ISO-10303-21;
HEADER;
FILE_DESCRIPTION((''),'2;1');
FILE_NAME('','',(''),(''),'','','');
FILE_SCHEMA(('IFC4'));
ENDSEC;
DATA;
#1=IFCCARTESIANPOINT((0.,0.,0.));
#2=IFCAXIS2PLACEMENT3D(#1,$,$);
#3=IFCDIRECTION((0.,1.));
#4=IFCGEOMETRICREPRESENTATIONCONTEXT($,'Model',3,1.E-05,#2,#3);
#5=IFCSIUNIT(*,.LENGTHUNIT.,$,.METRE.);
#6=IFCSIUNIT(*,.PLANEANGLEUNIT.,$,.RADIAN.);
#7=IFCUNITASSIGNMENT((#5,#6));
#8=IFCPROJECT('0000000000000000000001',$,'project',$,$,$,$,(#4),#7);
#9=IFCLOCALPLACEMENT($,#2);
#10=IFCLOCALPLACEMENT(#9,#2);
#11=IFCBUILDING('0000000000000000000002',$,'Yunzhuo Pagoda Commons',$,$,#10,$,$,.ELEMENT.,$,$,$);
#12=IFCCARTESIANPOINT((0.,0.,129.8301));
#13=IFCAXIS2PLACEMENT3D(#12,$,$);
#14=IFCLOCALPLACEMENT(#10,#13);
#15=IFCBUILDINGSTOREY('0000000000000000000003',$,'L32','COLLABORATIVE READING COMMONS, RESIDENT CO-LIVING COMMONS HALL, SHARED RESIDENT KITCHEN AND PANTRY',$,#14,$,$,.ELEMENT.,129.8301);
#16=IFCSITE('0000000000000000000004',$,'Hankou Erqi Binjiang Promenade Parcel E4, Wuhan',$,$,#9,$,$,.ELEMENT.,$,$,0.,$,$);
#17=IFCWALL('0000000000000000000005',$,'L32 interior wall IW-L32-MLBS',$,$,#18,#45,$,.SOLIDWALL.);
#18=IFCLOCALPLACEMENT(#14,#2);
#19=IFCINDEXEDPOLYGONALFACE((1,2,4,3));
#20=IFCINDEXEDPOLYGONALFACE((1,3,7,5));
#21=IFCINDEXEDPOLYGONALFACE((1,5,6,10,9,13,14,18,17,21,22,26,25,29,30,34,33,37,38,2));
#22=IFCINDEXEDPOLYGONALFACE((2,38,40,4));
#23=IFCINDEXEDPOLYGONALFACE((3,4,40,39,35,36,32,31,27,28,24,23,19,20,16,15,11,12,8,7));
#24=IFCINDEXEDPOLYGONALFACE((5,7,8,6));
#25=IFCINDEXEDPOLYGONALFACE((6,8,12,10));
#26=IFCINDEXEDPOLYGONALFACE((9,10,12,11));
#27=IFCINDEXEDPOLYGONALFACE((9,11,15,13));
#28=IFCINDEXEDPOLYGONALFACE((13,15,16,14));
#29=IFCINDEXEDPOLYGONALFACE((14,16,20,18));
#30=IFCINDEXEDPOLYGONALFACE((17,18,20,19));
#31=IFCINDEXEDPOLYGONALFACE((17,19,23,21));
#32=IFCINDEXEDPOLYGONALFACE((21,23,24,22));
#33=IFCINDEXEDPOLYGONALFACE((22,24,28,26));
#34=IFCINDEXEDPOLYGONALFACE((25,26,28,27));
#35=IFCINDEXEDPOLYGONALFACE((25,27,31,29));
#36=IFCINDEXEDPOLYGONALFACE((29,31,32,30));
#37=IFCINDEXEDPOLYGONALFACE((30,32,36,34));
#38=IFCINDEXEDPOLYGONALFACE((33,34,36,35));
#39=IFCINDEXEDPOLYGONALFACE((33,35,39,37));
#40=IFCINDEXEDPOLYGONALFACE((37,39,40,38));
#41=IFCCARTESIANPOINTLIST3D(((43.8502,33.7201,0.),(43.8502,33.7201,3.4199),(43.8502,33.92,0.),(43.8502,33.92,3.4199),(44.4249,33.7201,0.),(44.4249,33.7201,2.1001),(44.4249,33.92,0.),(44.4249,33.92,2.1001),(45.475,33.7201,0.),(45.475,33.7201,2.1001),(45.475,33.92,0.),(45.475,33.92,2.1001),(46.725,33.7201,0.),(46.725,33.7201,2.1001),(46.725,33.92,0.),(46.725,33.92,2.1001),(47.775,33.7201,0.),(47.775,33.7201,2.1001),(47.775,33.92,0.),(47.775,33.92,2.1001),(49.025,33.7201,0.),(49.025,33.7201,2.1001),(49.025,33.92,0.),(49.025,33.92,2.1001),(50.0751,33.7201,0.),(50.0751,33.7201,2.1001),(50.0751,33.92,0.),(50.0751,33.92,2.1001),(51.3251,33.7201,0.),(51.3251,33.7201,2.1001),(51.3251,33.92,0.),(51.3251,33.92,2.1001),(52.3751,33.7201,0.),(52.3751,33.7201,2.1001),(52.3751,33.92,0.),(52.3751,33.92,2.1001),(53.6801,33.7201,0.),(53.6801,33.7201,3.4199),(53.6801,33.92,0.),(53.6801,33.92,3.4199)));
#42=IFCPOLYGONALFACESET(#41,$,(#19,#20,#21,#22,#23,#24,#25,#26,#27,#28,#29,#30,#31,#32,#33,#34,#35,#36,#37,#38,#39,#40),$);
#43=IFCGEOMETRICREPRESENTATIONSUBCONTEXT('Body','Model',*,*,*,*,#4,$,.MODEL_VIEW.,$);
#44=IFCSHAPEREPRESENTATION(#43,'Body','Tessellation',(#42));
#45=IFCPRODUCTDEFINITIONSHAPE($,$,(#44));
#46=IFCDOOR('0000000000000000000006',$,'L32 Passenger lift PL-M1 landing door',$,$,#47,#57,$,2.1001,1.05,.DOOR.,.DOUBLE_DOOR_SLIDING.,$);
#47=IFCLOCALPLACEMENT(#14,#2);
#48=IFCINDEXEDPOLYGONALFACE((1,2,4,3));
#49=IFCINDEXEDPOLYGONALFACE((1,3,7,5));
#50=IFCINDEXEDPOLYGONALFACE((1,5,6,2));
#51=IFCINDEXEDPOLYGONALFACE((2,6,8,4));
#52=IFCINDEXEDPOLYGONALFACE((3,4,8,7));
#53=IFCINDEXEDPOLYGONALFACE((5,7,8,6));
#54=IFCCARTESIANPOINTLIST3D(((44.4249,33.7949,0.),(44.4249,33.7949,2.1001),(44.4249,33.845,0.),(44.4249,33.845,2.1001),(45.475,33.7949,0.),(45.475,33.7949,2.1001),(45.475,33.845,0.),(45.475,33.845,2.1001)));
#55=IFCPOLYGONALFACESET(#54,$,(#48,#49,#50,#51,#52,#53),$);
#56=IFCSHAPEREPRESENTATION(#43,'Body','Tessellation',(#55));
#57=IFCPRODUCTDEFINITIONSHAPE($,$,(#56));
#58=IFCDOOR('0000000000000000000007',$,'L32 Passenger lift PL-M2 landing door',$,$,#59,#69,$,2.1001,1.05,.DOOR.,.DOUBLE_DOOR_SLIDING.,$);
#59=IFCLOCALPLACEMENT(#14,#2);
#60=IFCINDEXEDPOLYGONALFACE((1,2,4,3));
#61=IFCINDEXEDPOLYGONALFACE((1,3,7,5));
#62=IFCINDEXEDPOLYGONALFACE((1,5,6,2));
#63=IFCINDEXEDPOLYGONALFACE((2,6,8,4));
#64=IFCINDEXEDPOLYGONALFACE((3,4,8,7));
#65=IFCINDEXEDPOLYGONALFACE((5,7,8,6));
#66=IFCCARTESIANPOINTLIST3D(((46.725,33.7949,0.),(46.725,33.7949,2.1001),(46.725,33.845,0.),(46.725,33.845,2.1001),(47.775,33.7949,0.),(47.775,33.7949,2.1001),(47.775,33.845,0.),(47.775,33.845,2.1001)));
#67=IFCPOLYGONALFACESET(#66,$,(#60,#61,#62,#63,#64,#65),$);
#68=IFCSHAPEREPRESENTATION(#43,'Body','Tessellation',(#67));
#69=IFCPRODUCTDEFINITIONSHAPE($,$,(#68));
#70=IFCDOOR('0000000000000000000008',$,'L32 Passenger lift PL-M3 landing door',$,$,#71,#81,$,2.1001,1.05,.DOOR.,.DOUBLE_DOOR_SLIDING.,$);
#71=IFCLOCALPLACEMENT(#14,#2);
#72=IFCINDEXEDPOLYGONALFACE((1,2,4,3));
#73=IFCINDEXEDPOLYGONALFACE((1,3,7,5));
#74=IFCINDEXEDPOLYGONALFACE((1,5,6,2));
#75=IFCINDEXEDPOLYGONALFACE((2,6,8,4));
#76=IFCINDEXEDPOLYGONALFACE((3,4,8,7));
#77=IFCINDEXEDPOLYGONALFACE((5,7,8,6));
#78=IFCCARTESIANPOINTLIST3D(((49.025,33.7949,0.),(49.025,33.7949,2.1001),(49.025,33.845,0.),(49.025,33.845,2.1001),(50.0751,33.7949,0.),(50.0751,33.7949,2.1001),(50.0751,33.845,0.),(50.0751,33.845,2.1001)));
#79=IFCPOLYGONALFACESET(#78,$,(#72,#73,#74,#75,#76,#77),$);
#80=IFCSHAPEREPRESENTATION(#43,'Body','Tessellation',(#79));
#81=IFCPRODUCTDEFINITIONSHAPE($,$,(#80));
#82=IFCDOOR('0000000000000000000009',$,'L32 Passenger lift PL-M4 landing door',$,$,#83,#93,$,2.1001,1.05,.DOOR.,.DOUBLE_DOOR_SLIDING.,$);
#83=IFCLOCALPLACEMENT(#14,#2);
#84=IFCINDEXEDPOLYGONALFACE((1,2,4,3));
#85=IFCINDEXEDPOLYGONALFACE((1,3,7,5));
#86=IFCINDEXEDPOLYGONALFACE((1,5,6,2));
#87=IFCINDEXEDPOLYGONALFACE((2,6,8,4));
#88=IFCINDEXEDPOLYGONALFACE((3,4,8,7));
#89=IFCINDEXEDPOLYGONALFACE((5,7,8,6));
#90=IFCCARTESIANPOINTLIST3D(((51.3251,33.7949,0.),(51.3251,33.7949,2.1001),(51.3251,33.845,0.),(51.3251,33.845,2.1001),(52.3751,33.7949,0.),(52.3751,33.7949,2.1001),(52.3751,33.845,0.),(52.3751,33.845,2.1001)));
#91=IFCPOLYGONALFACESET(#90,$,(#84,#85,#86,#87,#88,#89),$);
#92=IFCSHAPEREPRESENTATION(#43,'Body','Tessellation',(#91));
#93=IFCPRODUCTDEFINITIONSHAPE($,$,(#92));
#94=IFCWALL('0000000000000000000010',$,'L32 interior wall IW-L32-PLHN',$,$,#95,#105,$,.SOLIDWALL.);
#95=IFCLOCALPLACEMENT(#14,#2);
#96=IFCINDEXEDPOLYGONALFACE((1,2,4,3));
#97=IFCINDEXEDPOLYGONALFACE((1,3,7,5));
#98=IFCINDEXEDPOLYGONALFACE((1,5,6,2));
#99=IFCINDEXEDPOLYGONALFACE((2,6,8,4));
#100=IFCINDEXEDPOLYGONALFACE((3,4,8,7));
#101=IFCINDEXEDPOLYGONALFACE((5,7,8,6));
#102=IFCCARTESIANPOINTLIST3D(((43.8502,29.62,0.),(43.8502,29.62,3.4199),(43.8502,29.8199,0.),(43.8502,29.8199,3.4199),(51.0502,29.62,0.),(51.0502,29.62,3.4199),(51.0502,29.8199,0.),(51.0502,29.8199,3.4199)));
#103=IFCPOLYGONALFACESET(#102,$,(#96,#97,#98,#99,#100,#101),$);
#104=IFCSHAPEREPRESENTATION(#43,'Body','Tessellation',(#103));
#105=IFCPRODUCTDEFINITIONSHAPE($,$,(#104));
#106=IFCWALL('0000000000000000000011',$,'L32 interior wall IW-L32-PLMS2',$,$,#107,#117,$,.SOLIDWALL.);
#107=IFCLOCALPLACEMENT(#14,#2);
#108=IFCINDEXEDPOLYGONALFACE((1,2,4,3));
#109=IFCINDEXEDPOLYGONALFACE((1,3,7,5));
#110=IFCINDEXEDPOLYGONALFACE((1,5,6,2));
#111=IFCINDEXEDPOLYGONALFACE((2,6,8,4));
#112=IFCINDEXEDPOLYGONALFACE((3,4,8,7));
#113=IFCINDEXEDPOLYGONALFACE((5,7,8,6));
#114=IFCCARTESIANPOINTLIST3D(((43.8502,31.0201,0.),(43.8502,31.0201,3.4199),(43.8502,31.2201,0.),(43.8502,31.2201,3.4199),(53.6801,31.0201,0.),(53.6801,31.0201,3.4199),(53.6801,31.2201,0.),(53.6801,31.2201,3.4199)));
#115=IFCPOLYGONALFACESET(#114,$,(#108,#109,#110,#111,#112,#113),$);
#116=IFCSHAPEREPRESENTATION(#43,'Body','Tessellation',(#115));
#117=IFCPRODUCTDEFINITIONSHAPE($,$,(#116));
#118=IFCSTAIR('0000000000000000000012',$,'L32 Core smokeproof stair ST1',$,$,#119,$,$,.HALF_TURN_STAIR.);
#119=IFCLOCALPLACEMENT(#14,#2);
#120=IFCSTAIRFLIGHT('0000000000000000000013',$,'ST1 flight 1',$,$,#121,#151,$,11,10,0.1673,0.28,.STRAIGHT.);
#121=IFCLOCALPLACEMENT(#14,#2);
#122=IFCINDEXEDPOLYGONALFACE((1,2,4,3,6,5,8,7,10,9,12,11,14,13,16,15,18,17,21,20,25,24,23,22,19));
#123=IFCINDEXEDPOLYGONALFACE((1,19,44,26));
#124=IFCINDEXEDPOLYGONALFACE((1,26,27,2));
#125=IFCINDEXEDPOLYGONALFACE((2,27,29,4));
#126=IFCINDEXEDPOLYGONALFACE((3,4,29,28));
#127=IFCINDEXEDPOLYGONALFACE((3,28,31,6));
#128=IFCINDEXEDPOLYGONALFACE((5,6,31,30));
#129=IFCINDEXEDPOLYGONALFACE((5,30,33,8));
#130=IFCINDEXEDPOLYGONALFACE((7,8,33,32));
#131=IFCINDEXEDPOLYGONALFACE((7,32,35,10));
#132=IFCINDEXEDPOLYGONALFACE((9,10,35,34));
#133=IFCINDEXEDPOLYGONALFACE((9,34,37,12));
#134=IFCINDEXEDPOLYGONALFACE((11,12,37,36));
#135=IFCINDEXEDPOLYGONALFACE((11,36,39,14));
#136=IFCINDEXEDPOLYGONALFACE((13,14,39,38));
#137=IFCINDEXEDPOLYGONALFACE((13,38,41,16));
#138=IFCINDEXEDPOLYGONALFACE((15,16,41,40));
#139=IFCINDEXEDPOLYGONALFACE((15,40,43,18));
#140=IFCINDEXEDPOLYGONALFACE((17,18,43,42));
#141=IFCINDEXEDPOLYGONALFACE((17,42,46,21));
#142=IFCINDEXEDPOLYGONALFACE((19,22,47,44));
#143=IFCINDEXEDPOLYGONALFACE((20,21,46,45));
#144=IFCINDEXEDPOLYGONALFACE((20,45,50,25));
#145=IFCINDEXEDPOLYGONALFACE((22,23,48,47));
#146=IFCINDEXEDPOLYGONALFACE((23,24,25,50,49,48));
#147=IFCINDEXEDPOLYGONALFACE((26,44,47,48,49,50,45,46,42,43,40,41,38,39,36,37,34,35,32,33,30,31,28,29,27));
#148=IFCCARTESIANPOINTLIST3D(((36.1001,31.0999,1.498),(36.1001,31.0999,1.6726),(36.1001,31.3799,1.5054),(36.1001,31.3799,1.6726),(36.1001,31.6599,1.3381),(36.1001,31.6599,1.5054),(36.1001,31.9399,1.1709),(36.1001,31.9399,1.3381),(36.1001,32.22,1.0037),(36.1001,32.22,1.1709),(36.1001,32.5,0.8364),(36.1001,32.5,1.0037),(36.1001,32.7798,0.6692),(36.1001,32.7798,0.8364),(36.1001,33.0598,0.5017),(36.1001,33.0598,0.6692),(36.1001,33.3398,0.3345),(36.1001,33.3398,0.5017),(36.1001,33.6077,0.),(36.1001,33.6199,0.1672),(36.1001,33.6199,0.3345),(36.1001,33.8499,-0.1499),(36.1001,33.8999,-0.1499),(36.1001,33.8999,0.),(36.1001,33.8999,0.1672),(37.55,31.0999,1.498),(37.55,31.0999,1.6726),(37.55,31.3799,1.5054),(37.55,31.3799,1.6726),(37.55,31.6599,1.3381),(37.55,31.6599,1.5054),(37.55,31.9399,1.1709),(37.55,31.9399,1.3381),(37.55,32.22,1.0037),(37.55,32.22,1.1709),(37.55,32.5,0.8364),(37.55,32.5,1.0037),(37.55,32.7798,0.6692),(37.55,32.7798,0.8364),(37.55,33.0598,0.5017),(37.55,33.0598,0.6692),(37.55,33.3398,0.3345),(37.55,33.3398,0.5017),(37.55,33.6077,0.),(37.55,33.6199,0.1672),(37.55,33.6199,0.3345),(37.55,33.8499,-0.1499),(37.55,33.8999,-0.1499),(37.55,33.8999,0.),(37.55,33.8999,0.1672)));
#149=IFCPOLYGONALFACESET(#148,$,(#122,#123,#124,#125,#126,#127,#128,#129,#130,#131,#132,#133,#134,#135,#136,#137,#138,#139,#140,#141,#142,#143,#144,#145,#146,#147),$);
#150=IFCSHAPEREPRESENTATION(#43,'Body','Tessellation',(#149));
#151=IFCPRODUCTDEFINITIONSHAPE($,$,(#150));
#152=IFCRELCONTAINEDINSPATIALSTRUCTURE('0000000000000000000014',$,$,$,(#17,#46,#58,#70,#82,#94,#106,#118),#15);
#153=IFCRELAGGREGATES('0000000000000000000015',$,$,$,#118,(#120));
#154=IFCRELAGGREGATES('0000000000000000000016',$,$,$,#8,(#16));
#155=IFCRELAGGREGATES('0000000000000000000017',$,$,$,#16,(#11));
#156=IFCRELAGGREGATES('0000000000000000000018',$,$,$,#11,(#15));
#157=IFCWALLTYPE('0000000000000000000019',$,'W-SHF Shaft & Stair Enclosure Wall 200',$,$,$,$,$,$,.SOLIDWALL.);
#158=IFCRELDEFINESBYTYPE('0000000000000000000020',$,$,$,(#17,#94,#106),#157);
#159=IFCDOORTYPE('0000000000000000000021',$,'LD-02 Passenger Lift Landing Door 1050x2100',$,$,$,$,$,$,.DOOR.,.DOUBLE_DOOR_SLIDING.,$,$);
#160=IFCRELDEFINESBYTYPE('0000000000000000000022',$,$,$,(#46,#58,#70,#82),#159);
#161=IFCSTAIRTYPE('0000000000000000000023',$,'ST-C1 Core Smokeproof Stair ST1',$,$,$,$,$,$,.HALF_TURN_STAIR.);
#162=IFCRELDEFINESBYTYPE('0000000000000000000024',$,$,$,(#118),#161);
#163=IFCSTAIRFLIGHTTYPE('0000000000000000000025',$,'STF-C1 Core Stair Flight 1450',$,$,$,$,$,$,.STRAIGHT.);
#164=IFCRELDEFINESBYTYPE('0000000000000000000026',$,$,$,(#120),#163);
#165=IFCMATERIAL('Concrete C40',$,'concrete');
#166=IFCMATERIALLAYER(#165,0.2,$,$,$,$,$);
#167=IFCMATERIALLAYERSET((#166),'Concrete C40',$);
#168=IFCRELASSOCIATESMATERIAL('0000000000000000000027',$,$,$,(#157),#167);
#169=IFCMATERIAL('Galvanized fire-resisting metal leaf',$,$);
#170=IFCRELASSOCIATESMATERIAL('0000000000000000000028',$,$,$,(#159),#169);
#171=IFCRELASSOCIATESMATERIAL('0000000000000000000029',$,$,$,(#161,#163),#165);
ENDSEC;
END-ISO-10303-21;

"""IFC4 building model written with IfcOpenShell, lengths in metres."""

from ifc_helpers import new_model, si_unit, direction, frame, frame_2d, origin, origin_with_axes, place, context, subcontext, project, spatial, polyline, rectangle, outline, extrude, source, transform, mapped, material, layer, layer_set, type_object, element, fill, aggregate, save


model = new_model("IFC4")

# Units and contexts
model_context = context("Model", 3, precision=1e-05, world=origin(), true_north=direction((0.0, 1.0)))
body_context = subcontext(model_context, "Body", "Model", "MODEL_VIEW")
ifc_project = project(units=[si_unit("LENGTHUNIT", "METRE"), si_unit("PLANEANGLEUNIT", "RADIAN")], contexts=[model_context])

# Site, building, storey
site_placement = place(None, origin())
site = spatial("IfcSite", under=ifc_project, at=site_placement, Name="Hankou Erqi Binjiang Promenade Parcel E4, Wuhan", CompositionType="ELEMENT", RefElevation=0.0)
building_placement = place(site_placement, origin())
building = spatial("IfcBuilding", under=site, at=building_placement, Name="Yunzhuo Pagoda Commons", CompositionType="ELEMENT")
storey_placement = place(building_placement, frame((0.0, 0.0, 129.8301)))
storey = spatial("IfcBuildingStorey", under=building, at=storey_placement, Name="L32", Description="COLLABORATIVE READING COMMONS, RESIDENT CO-LIVING COMMONS HALL, SHARED RESIDENT KITCHEN AND PANTRY", CompositionType="ELEMENT", Elevation=129.8301)

# Shared definitions
ifc_material_1 = material(Name="Concrete C40", Category="concrete")
ifc_layer_1 = layer(ifc_material_1, 0.2)
ifc_layer_set_1 = layer_set([ifc_layer_1], Name="Concrete C40")
wall_type_1 = type_object("IfcWallType", Name="W-SHF Shaft & Stair Enclosure Wall 200", PredefinedType="SOLIDWALL", material=ifc_layer_set_1)
ifc_material_2 = material(Name="Galvanized fire-resisting metal leaf")
door_type = type_object("IfcDoorType", Name="LD-02 Passenger Lift Landing Door 1050x2100", OperationType="DOUBLE_DOOR_SLIDING", PredefinedType="DOOR", material=ifc_material_2)
shared_shape_1 = source(origin(), body_context, "Body", "SweptSolid", [
    extrude(rectangle(XDim=1.05, YDim=2.1001, at=frame_2d((0.5249, 1.05))), frame((0.0, 0.0249, 0.0), z_axis=(0.0, -1.0, 0.0), x_axis=(1.0, 0.0, 0.0)), (0.0, 0.0, 1.0), 0.05),
])

# Wall, openings, doors
wall_1_placement = place(storey_placement, frame((43.8501, 33.8201, 0.0), z_axis=(0.0, 0.0, 1.0), x_axis=(1.0, 0.0, 0.0)))
wall_1 = element("IfcWall", 1, at=wall_1_placement, inside=storey, type_object=wall_type_1, Name="L32 interior wall IW-L32-MLBS", PredefinedType="SOLIDWALL", context=body_context, shape_type="SweptSolid", body=[
    extrude(rectangle(XDim=9.8298, YDim=0.2, at=frame_2d((4.915, 0.0))), origin(), (0.0, 0.0, 1.0), 3.4199),
])
opening_1_placement = place(wall_1_placement, frame((0.575, 0.0, 0.0)))
opening_1 = element("IfcOpeningElement", 2, at=opening_1_placement, cuts=wall_1, PredefinedType="OPENING", context=body_context, shape_type="SweptSolid", body=[
    extrude(rectangle(XDim=1.05, YDim=2.1001, at=frame_2d((0.5249, 1.05))), frame((0.0, 0.1099, 0.0), z_axis=(0.0, -1.0, 0.0), x_axis=(1.0, 0.0, 0.0)), (0.0, 0.0, 1.0), 0.22),
])
opening_2_placement = place(wall_1_placement, frame((2.875, 0.0, 0.0)))
opening_2 = element("IfcOpeningElement", 3, at=opening_2_placement, cuts=wall_1, PredefinedType="OPENING", context=body_context, shape_type="SweptSolid", body=[
    extrude(rectangle(XDim=1.05, YDim=2.1001, at=frame_2d((0.5249, 1.05))), frame((0.0, 0.1099, 0.0), z_axis=(0.0, -1.0, 0.0), x_axis=(1.0, 0.0, 0.0)), (0.0, 0.0, 1.0), 0.22),
])
opening_3_placement = place(wall_1_placement, frame((5.175, 0.0, 0.0)))
opening_3 = element("IfcOpeningElement", 4, at=opening_3_placement, cuts=wall_1, PredefinedType="OPENING", context=body_context, shape_type="SweptSolid", body=[
    extrude(rectangle(XDim=1.05, YDim=2.1001, at=frame_2d((0.5249, 1.05))), frame((0.0, 0.1099, 0.0), z_axis=(0.0, -1.0, 0.0), x_axis=(1.0, 0.0, 0.0)), (0.0, 0.0, 1.0), 0.22),
])
opening_4_placement = place(wall_1_placement, frame((7.4751, 0.0, 0.0)))
opening_4 = element("IfcOpeningElement", 5, at=opening_4_placement, cuts=wall_1, PredefinedType="OPENING", context=body_context, shape_type="SweptSolid", body=[
    extrude(rectangle(XDim=1.05, YDim=2.1001, at=frame_2d((0.5249, 1.05))), frame((0.0, 0.1099, 0.0), z_axis=(0.0, -1.0, 0.0), x_axis=(1.0, 0.0, 0.0)), (0.0, 0.0, 1.0), 0.22),
])
door_1_placement = place(opening_1_placement, origin_with_axes())
door_1 = element("IfcDoor", 6, at=door_1_placement, inside=storey, type_object=door_type, Name="L32 Passenger lift PL-M1 landing door", OperationType="DOUBLE_DOOR_SLIDING", OverallHeight=2.1001, OverallWidth=1.05, PredefinedType="DOOR", context=body_context, shape_type="MappedRepresentation", body=[
    mapped(shared_shape_1, transform((0.0, 0.0, 0.0), scale=1.0)),
])
fill(opening_1, door_1)
door_2_placement = place(opening_2_placement, origin_with_axes())
door_2 = element("IfcDoor", 7, at=door_2_placement, inside=storey, type_object=door_type, Name="L32 Passenger lift PL-M2 landing door", OperationType="DOUBLE_DOOR_SLIDING", OverallHeight=2.1001, OverallWidth=1.05, PredefinedType="DOOR", context=body_context, shape_type="MappedRepresentation", body=[
    mapped(shared_shape_1, transform((0.0, 0.0, 0.0), scale=1.0)),
])
fill(opening_2, door_2)
door_3_placement = place(opening_3_placement, origin_with_axes())
door_3 = element("IfcDoor", 8, at=door_3_placement, inside=storey, type_object=door_type, Name="L32 Passenger lift PL-M3 landing door", OperationType="DOUBLE_DOOR_SLIDING", OverallHeight=2.1001, OverallWidth=1.05, PredefinedType="DOOR", context=body_context, shape_type="MappedRepresentation", body=[
    mapped(shared_shape_1, transform((0.0, 0.0, 0.0), scale=1.0)),
])
fill(opening_3, door_3)
door_4_placement = place(opening_4_placement, origin_with_axes())
door_4 = element("IfcDoor", 9, at=door_4_placement, inside=storey, type_object=door_type, Name="L32 Passenger lift PL-M4 landing door", OperationType="DOUBLE_DOOR_SLIDING", OverallHeight=2.1001, OverallWidth=1.05, PredefinedType="DOOR", context=body_context, shape_type="MappedRepresentation", body=[
    mapped(shared_shape_1, transform((0.0, 0.0, 0.0), scale=1.0)),
])
fill(opening_4, door_4)

# Walls
wall_2_placement = place(storey_placement, frame((43.8501, 29.72, 0.0), z_axis=(0.0, 0.0, 1.0), x_axis=(1.0, 0.0, 0.0)))
element("IfcWall", 10, at=wall_2_placement, inside=storey, type_object=wall_type_1, Name="L32 interior wall IW-L32-PLHN", PredefinedType="SOLIDWALL", context=body_context, shape_type="SweptSolid", body=[
    extrude(rectangle(XDim=7.2, YDim=0.2, at=frame_2d((3.6001, 0.0))), origin(), (0.0, 0.0, 1.0), 3.4199),
])
wall_3_placement = place(storey_placement, frame((43.8501, 31.1201, 0.0), z_axis=(0.0, 0.0, 1.0), x_axis=(1.0, 0.0, 0.0)))
element("IfcWall", 11, at=wall_3_placement, inside=storey, type_object=wall_type_1, Name="L32 interior wall IW-L32-PLMS2", PredefinedType="SOLIDWALL", context=body_context, shape_type="SweptSolid", body=[
    extrude(rectangle(XDim=9.8298, YDim=0.2, at=frame_2d((4.915, 0.0))), origin(), (0.0, 0.0, 1.0), 3.4199),
])

# Stair, stair flight
stair_type = type_object("IfcStairType", Name="ST-C1 Core Smokeproof Stair ST1", PredefinedType="HALF_TURN_STAIR", material=ifc_material_1)
stair_placement = place(storey_placement, origin())
stair = element("IfcStair", 12, at=stair_placement, inside=storey, type_object=stair_type, Name="L32 Core smokeproof stair ST1", PredefinedType="HALF_TURN_STAIR")
stair_flight_type = type_object("IfcStairFlightType", Name="STF-C1 Core Stair Flight 1450", PredefinedType="STRAIGHT", material=ifc_material_1)
shared_shape_2 = source(origin(), body_context, "Body", "SweptSolid", [
    extrude(outline(polyline([(0.0, -0.1499), (0.0, 0.0), (0.0, 0.1672), (0.28, 0.1672), (0.28, 0.3345), (0.5601, 0.3345), (0.5601, 0.5017), (0.8401, 0.5017), (0.8401, 0.6692), (1.1201, 0.6692), (1.1201, 0.8364), (1.3999, 0.8364), (1.3999, 1.0037), (1.6799, 1.0037), (1.6799, 1.1709), (1.96, 1.1709), (1.96, 1.3381), (2.24, 1.3381), (2.24, 1.5054), (2.52, 1.5054), (2.52, 1.6726), (2.8, 1.6726), (2.8, 1.8401), (2.8, 1.498), (0.2922, 0.0), (0.05, -0.1499), (0.0, -0.1499)])), frame((0.0, 0.7251, 0.0), z_axis=(0.0, -1.0, 0.0), x_axis=(1.0, 0.0, 0.0)), (0.0, 0.0, 1.0), 1.45),
])
stair_flight_1_placement = place(storey_placement, frame((36.825, 33.8999, 0.0), z_axis=(0.0, 0.0, 1.0), x_axis=(0.0, -1.0, 0.0)))
stair_flight_1 = element("IfcStairFlight", 13, at=stair_flight_1_placement, type_object=stair_flight_type, Name="ST1 flight 1", NumberOfRisers=11, NumberOfTreads=10, PredefinedType="STRAIGHT", RiserHeight=0.1673, TreadLength=0.28, context=body_context, shape_type="MappedRepresentation", body=[
    mapped(shared_shape_2, transform((0.0, 0.0, 0.0), scale=1.0)),
])
aggregate(stair, [stair_flight_1])

save(model, "model.ifc")
